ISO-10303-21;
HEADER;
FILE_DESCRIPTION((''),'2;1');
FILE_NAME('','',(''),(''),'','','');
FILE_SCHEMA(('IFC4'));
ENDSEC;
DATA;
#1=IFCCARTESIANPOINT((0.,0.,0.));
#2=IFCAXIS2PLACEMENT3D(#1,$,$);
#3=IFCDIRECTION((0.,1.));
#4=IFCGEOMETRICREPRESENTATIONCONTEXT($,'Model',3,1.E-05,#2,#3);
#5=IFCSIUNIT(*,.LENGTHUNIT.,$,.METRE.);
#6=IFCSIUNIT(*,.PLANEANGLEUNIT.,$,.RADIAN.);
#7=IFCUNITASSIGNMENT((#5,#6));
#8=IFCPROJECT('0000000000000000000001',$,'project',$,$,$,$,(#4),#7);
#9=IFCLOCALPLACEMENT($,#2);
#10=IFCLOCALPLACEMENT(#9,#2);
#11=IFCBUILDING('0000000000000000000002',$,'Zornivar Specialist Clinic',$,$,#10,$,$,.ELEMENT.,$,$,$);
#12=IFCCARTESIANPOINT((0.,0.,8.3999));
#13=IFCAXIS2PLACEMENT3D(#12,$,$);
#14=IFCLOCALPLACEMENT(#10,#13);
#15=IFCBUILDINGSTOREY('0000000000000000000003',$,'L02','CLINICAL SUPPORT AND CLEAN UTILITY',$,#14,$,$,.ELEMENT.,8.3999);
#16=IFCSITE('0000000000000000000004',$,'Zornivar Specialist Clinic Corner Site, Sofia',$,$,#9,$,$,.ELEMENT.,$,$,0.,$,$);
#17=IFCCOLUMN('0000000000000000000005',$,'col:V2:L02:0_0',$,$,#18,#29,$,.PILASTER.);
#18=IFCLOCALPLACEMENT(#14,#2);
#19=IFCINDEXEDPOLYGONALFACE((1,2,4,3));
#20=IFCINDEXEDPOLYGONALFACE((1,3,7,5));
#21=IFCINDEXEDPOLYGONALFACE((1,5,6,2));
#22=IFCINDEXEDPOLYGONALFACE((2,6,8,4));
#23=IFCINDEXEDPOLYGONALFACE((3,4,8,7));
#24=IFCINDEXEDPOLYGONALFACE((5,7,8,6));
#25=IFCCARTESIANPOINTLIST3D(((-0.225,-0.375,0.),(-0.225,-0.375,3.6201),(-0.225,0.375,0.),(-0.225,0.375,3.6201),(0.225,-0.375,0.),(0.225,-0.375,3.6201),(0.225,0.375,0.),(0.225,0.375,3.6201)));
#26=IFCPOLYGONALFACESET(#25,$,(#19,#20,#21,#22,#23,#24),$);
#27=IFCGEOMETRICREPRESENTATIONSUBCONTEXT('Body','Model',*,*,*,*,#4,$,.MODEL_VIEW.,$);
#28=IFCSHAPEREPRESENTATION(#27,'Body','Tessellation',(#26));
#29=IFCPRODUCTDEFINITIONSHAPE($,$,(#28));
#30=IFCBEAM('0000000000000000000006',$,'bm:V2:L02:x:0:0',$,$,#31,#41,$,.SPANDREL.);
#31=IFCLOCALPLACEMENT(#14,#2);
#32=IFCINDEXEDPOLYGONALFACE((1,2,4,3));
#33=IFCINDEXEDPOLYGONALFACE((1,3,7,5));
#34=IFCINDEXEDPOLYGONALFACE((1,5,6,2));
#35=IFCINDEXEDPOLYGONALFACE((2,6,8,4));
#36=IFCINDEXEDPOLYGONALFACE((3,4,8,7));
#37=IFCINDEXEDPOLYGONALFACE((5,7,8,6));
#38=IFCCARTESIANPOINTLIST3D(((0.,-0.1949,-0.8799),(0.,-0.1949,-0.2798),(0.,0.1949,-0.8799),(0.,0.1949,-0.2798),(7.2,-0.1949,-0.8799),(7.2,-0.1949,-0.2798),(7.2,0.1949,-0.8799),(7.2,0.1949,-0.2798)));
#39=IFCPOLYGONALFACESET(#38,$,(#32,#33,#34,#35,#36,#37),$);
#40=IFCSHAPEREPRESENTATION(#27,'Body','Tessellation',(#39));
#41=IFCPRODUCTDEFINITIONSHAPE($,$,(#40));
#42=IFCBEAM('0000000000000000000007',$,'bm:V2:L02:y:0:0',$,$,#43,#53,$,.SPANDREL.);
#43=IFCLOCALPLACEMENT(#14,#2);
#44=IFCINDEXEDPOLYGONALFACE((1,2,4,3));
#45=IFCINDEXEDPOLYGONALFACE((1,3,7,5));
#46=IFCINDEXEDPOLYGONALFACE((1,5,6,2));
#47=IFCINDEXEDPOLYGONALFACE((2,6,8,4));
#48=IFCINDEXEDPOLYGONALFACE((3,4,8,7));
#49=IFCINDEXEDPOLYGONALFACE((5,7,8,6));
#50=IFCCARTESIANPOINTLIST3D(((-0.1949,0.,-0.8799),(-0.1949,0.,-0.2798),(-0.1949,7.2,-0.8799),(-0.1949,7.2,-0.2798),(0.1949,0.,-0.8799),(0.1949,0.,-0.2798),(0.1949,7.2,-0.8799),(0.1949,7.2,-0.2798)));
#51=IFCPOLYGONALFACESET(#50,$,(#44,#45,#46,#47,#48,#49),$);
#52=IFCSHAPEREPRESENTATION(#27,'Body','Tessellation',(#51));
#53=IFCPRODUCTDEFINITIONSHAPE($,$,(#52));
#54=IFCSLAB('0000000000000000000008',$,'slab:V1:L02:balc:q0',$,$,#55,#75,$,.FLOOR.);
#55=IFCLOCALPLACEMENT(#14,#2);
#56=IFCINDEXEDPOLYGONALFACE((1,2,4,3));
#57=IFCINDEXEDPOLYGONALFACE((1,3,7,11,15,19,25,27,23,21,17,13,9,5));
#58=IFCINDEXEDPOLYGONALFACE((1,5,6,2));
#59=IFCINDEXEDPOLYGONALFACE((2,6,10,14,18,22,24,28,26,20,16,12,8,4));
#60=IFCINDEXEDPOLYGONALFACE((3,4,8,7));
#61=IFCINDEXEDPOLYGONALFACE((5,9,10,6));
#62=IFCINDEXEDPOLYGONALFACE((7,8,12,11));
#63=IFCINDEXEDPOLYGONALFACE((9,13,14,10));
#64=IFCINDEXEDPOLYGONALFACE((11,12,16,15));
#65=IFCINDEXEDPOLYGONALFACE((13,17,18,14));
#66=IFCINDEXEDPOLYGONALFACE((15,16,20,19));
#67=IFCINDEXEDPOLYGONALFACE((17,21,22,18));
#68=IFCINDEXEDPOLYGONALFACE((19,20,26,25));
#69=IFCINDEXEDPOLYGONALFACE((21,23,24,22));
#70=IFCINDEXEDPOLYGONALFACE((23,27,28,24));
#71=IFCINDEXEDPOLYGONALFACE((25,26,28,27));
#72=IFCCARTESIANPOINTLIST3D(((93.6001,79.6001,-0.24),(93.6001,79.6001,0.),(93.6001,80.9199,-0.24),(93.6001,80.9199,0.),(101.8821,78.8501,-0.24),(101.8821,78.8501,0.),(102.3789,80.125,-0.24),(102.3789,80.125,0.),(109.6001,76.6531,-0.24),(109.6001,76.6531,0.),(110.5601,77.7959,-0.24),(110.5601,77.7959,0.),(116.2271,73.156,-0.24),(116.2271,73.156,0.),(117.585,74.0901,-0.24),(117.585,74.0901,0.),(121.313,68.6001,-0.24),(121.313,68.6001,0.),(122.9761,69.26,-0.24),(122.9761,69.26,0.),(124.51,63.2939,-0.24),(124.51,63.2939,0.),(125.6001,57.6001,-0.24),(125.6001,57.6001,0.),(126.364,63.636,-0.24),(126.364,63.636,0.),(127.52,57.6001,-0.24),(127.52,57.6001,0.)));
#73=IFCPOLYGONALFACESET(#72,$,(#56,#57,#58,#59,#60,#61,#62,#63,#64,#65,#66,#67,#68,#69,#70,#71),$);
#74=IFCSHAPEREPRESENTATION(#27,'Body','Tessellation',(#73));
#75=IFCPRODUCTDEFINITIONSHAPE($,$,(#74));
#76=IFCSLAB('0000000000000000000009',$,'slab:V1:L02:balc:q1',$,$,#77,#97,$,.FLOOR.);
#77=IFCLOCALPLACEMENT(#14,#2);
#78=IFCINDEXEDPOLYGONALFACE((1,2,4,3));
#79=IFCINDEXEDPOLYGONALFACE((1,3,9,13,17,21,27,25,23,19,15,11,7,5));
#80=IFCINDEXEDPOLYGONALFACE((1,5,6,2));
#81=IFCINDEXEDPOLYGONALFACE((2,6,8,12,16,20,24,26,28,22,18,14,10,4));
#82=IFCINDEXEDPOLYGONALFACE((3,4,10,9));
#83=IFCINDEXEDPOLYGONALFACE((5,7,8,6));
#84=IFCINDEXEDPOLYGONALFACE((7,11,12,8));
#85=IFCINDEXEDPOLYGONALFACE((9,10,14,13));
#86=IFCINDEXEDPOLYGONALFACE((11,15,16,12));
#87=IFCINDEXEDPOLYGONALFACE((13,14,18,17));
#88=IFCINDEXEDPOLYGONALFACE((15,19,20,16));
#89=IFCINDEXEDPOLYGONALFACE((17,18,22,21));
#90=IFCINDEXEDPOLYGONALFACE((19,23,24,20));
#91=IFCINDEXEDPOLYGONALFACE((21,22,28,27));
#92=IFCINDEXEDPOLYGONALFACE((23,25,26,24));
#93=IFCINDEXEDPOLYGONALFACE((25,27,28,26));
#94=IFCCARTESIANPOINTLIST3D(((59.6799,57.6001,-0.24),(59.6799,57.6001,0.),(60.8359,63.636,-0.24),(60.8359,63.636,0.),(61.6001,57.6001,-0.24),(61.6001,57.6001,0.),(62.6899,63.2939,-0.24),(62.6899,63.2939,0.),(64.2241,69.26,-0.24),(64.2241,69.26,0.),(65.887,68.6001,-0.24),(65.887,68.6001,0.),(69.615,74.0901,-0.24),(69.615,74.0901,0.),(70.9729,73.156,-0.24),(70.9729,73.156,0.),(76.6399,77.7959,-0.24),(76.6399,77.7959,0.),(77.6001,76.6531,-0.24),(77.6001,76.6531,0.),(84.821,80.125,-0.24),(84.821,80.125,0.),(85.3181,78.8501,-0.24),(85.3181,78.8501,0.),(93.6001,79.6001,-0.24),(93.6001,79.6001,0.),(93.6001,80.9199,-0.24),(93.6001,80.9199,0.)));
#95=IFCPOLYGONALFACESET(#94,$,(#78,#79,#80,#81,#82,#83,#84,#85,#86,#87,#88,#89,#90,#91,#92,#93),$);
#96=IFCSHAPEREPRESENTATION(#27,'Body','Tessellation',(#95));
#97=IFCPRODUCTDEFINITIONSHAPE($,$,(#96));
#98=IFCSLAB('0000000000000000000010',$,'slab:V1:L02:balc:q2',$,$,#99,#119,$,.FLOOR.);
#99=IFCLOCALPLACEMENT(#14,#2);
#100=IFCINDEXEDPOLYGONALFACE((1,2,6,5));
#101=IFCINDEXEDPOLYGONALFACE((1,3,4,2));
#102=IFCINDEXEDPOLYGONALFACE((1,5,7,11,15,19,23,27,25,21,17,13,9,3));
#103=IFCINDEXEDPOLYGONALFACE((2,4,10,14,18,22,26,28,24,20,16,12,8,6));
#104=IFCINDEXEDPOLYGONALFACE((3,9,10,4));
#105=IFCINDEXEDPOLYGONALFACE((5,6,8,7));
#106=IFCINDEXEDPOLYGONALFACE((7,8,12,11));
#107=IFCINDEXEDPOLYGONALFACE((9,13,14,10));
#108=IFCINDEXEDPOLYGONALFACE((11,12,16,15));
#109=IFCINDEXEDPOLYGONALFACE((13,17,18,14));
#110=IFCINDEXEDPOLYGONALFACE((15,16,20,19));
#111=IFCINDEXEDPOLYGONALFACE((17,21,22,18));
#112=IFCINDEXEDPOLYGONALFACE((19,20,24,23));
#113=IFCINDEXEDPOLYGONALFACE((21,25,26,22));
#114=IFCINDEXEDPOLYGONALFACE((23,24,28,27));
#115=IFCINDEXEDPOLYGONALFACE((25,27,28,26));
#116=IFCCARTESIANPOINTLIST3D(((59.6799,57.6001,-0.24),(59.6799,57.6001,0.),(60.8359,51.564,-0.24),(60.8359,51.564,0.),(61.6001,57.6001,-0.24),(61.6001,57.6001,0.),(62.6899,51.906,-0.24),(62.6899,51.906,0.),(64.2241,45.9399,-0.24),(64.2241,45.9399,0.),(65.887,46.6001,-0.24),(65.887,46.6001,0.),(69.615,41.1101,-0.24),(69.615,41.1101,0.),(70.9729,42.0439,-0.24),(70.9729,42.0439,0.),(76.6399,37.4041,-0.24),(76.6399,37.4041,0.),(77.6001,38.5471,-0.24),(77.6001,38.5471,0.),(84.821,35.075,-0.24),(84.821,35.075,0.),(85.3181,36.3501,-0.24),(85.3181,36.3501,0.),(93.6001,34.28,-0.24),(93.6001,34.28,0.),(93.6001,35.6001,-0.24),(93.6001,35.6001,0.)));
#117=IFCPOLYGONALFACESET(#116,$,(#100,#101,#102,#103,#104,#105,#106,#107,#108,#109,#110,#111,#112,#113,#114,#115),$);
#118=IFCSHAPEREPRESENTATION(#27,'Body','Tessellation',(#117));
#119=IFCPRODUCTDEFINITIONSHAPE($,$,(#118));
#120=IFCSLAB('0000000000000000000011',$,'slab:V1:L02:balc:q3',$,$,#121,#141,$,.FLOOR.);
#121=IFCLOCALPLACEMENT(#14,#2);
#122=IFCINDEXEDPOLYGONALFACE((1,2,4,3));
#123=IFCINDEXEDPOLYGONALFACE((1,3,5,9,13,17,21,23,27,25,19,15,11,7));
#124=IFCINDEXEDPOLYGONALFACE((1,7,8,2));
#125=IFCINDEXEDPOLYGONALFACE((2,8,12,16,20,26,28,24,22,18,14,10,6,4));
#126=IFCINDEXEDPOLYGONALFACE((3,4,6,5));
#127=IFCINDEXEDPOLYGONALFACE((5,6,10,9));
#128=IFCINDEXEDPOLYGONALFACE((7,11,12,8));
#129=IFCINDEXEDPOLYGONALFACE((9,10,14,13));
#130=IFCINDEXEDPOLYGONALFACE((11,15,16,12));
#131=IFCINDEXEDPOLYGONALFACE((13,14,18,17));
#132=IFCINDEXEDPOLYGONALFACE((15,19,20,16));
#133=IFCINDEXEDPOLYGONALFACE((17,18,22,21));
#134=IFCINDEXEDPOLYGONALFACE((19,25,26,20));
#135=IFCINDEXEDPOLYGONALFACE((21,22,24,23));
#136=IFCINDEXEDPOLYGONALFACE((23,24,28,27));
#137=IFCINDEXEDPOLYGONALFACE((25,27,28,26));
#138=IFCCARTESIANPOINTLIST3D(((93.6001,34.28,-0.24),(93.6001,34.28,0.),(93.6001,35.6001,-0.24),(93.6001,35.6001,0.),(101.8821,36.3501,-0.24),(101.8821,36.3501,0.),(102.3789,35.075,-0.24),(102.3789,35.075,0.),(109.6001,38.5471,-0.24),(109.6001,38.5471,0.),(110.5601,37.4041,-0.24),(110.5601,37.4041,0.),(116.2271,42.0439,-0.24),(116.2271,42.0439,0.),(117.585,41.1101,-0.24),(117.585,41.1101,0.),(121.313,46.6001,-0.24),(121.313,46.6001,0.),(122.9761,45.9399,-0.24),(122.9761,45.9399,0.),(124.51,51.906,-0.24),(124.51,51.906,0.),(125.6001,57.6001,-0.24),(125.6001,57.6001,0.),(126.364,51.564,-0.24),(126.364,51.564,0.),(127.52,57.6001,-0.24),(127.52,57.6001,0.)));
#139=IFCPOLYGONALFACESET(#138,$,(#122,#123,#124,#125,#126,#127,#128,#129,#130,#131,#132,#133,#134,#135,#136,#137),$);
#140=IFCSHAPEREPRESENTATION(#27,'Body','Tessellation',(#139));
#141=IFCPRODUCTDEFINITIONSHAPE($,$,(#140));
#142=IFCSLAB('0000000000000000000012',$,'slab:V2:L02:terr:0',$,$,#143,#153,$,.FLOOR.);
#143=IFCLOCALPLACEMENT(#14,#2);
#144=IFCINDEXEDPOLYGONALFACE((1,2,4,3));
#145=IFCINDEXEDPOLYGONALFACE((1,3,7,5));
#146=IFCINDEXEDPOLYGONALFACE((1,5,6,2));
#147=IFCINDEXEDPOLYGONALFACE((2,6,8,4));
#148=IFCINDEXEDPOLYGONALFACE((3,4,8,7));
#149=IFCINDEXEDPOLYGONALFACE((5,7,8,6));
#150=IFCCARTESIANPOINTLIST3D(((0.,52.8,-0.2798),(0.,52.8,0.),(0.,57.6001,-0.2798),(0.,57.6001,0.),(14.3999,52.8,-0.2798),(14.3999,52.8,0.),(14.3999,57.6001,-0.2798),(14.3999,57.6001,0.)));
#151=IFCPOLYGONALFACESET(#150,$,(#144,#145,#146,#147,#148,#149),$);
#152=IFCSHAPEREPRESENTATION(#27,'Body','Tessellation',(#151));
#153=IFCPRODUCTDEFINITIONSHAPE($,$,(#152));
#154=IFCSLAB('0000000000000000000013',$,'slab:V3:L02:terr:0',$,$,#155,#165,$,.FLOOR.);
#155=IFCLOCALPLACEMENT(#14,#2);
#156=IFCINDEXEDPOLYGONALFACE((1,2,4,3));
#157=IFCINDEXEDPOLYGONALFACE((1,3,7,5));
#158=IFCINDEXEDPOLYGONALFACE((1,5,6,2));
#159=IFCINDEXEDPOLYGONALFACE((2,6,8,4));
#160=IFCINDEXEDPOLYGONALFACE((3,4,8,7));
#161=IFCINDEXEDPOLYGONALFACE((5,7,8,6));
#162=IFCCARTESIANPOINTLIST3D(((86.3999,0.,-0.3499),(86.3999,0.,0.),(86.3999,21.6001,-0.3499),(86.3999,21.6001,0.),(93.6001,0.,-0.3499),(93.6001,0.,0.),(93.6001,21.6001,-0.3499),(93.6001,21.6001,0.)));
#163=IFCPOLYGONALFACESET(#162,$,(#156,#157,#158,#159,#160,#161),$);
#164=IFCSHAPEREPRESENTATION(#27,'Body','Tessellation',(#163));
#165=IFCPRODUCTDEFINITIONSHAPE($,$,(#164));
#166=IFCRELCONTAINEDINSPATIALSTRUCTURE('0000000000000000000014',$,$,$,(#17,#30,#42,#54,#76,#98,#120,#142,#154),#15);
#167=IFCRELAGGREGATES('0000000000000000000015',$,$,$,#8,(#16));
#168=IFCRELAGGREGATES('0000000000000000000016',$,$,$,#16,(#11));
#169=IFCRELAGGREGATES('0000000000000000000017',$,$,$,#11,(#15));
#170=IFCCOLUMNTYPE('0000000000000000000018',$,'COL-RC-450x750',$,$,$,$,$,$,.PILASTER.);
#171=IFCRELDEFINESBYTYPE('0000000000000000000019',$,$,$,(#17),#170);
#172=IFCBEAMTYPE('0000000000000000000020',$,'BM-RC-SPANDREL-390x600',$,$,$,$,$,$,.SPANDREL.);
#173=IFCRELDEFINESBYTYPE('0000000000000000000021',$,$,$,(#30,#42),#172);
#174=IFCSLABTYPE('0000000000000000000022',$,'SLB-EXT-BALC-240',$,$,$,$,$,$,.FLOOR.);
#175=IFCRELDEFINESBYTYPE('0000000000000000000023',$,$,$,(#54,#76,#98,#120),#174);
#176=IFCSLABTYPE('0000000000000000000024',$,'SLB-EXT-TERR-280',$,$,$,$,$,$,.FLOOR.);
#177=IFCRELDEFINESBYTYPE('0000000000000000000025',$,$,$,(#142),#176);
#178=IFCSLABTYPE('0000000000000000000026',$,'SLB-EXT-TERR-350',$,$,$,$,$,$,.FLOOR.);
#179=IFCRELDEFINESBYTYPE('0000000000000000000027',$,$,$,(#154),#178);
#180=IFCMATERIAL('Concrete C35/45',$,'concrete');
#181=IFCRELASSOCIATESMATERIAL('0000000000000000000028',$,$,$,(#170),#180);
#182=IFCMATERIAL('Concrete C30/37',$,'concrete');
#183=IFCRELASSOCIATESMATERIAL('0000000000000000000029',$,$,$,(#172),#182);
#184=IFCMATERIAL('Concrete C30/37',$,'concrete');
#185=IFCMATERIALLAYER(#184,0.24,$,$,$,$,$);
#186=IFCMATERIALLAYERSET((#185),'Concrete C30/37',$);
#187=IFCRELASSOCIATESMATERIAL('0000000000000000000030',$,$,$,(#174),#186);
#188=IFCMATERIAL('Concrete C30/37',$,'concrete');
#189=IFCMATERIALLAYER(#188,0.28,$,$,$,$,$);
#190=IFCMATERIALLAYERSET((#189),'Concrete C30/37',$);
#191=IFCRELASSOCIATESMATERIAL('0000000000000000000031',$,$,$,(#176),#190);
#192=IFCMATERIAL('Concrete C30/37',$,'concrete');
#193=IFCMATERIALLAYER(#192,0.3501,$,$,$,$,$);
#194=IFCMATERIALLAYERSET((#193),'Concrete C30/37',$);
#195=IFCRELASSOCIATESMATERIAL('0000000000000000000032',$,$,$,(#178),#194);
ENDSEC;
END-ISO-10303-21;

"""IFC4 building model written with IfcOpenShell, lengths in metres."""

from ifc_helpers import new_model, si_unit, direction, frame, origin, origin_with_axes, origin_2d, place, context, subcontext, project, spatial, polyline, rectangle, outline, extrude, material, layer, layer_set, material_profile, profile_set, type_object, element, save


model = new_model("IFC4")

# Units and contexts
model_context = context("Model", 3, precision=1e-05, world=origin(), true_north=direction((0.0, 1.0)))
body_context = subcontext(model_context, "Body", "Model", "MODEL_VIEW")
ifc_project = project(units=[si_unit("LENGTHUNIT", "METRE"), si_unit("PLANEANGLEUNIT", "RADIAN")], contexts=[model_context])

# Site, building, storey
site_placement = place(None, origin())
site = spatial("IfcSite", under=ifc_project, at=site_placement, Name="Zornivar Specialist Clinic Corner Site, Sofia", CompositionType="ELEMENT", RefElevation=0.0)
building_placement = place(site_placement, origin())
building = spatial("IfcBuilding", under=site, at=building_placement, Name="Zornivar Specialist Clinic", CompositionType="ELEMENT")
storey_placement = place(building_placement, frame((0.0, 0.0, 8.3999)))
storey = spatial("IfcBuildingStorey", under=building, at=storey_placement, Name="L02", Description="CLINICAL SUPPORT AND CLEAN UTILITY", CompositionType="ELEMENT", Elevation=8.3999)

# Column
ifc_material_1 = material(Name="Concrete C35/45", Category="concrete")
ifc_material_profile_1 = material_profile(ifc_material_1, rectangle(XDim=0.45, YDim=0.75, at=origin_2d()), Name="RC 450x750")
ifc_profile_set_1 = profile_set([ifc_material_profile_1], Name="Concrete C35/45")
column_type = type_object("IfcColumnType", Name="COL-RC-450x750", PredefinedType="PILASTER", material=ifc_profile_set_1)
column_placement = place(storey_placement, origin_with_axes())
element("IfcColumn", 1, at=column_placement, inside=storey, type_object=column_type, Name="col:V2:L02:0_0", PredefinedType="PILASTER", context=body_context, shape_type="SweptSolid", body=[
    extrude(rectangle(XDim=0.45, YDim=0.75, at=origin_2d()), origin(), (0.0, 0.0, 1.0), 3.6201),
])

# Beams
ifc_material_2 = material(Name="Concrete C30/37", Category="concrete")
ifc_material_profile_2 = material_profile(ifc_material_2, rectangle(XDim=0.3899, YDim=0.6001, at=origin_2d()), Name="RC 390x600")
ifc_profile_set_2 = profile_set([ifc_material_profile_2], Name="Concrete C30/37")
beam_type = type_object("IfcBeamType", Name="BM-RC-SPANDREL-390x600", PredefinedType="SPANDREL", material=ifc_profile_set_2)
for number, where, z_axis, x_axis, name in (
    (2, (0.0, 0.0, -0.5798), (1.0, 0.0, 0.0), (0.0, 1.0, 0.0), "bm:V2:L02:x:0:0"),
    (3, (0.0, 0.0, -0.5798), (0.0, 1.0, 0.0), (-1.0, 0.0, 0.0), "bm:V2:L02:y:0:0"),
):
    element("IfcBeam", number, at=place(storey_placement, frame(where, z_axis=z_axis, x_axis=x_axis)), inside=storey, type_object=beam_type, Name=name, PredefinedType="SPANDREL", context=body_context, shape_type="SweptSolid", body=[
        extrude(rectangle(XDim=0.3899, YDim=0.6001, at=origin_2d()), origin(), (0.0, 0.0, 1.0), 7.2),
    ])

# Slabs
ifc_material_3 = material(Name="Concrete C30/37", Category="concrete")
ifc_layer_1 = layer(ifc_material_3, 0.24)
ifc_layer_set_1 = layer_set([ifc_layer_1], Name="Concrete C30/37")
slab_type_1 = type_object("IfcSlabType", Name="SLB-EXT-BALC-240", PredefinedType="FLOOR", material=ifc_layer_set_1)
slab_1_placement = place(storey_placement, frame((0.0, 0.0, -0.24)))
element("IfcSlab", 4, at=slab_1_placement, inside=storey, type_object=slab_type_1, Name="slab:V1:L02:balc:q0", PredefinedType="FLOOR", context=body_context, shape_type="SweptSolid", body=[
    extrude(outline(polyline([(125.6001, 57.6001), (124.51, 63.2939), (121.313, 68.6001), (116.2271, 73.156), (109.6001, 76.6531), (101.8821, 78.8501), (93.6001, 79.6001), (93.6001, 80.9199), (102.3789, 80.125), (110.5601, 77.7959), (117.585, 74.0901), (122.9761, 69.26), (126.364, 63.636), (127.52, 57.6001), (125.6001, 57.6001)])), origin(), (0.0, 0.0, 1.0), 0.24),
])
slab_2_placement = place(storey_placement, frame((0.0, 0.0, -0.24)))
element("IfcSlab", 5, at=slab_2_placement, inside=storey, type_object=slab_type_1, Name="slab:V1:L02:balc:q1", PredefinedType="FLOOR", context=body_context, shape_type="SweptSolid", body=[
    extrude(outline(polyline([(93.6001, 79.6001), (85.3181, 78.8501), (77.6001, 76.6531), (70.9729, 73.156), (65.887, 68.6001), (62.6899, 63.2939), (61.6001, 57.6001), (59.6799, 57.6001), (60.8359, 63.636), (64.2241, 69.26), (69.615, 74.0901), (76.6399, 77.7959), (84.821, 80.125), (93.6001, 80.9199), (93.6001, 79.6001)])), origin(), (0.0, 0.0, 1.0), 0.24),
])
slab_3_placement = place(storey_placement, frame((0.0, 0.0, -0.24)))
element("IfcSlab", 6, at=slab_3_placement, inside=storey, type_object=slab_type_1, Name="slab:V1:L02:balc:q2", PredefinedType="FLOOR", context=body_context, shape_type="SweptSolid", body=[
    extrude(outline(polyline([(61.6001, 57.6001), (62.6899, 51.906), (65.887, 46.6001), (70.9729, 42.0439), (77.6001, 38.5471), (85.3181, 36.3501), (93.6001, 35.6001), (93.6001, 34.28), (84.821, 35.075), (76.6399, 37.4041), (69.615, 41.1101), (64.2241, 45.9399), (60.8359, 51.564), (59.6799, 57.6001), (61.6001, 57.6001)])), origin(), (0.0, 0.0, 1.0), 0.24),
])
slab_4_placement = place(storey_placement, frame((0.0, 0.0, -0.24)))
element("IfcSlab", 7, at=slab_4_placement, inside=storey, type_object=slab_type_1, Name="slab:V1:L02:balc:q3", PredefinedType="FLOOR", context=body_context, shape_type="SweptSolid", body=[
    extrude(outline(polyline([(93.6001, 35.6001), (101.8821, 36.3501), (109.6001, 38.5471), (116.2271, 42.0439), (121.313, 46.6001), (124.51, 51.906), (125.6001, 57.6001), (127.52, 57.6001), (126.364, 51.564), (122.9761, 45.9399), (117.585, 41.1101), (110.5601, 37.4041), (102.3789, 35.075), (93.6001, 34.28), (93.6001, 35.6001)])), origin(), (0.0, 0.0, 1.0), 0.24),
])
ifc_material_4 = material(Name="Concrete C30/37", Category="concrete")
ifc_layer_2 = layer(ifc_material_4, 0.28)
ifc_layer_set_2 = layer_set([ifc_layer_2], Name="Concrete C30/37")
slab_type_2 = type_object("IfcSlabType", Name="SLB-EXT-TERR-280", PredefinedType="FLOOR", material=ifc_layer_set_2)
slab_5_placement = place(storey_placement, frame((0.0, 0.0, -0.2798)))
element("IfcSlab", 8, at=slab_5_placement, inside=storey, type_object=slab_type_2, Name="slab:V2:L02:terr:0", PredefinedType="FLOOR", context=body_context, shape_type="SweptSolid", body=[
    extrude(outline(polyline([(0.0, 52.8), (14.3999, 52.8), (14.3999, 57.6001), (0.0, 57.6001), (0.0, 52.8)])), origin(), (0.0, 0.0, 1.0), 0.2798),
])
ifc_material_5 = material(Name="Concrete C30/37", Category="concrete")
ifc_layer_3 = layer(ifc_material_5, 0.3501)
ifc_layer_set_3 = layer_set([ifc_layer_3], Name="Concrete C30/37")
slab_type_3 = type_object("IfcSlabType", Name="SLB-EXT-TERR-350", PredefinedType="FLOOR", material=ifc_layer_set_3)
slab_6_placement = place(storey_placement, frame((0.0, 0.0, -0.3499)))
element("IfcSlab", 9, at=slab_6_placement, inside=storey, type_object=slab_type_3, Name="slab:V3:L02:terr:0", PredefinedType="FLOOR", context=body_context, shape_type="SweptSolid", body=[
    extrude(outline(polyline([(86.3999, 0.0), (93.6001, 0.0), (93.6001, 21.6001), (86.3999, 21.6001), (86.3999, 0.0)])), origin(), (0.0, 0.0, 1.0), 0.3499),
])

save(model, "model.ifc")
